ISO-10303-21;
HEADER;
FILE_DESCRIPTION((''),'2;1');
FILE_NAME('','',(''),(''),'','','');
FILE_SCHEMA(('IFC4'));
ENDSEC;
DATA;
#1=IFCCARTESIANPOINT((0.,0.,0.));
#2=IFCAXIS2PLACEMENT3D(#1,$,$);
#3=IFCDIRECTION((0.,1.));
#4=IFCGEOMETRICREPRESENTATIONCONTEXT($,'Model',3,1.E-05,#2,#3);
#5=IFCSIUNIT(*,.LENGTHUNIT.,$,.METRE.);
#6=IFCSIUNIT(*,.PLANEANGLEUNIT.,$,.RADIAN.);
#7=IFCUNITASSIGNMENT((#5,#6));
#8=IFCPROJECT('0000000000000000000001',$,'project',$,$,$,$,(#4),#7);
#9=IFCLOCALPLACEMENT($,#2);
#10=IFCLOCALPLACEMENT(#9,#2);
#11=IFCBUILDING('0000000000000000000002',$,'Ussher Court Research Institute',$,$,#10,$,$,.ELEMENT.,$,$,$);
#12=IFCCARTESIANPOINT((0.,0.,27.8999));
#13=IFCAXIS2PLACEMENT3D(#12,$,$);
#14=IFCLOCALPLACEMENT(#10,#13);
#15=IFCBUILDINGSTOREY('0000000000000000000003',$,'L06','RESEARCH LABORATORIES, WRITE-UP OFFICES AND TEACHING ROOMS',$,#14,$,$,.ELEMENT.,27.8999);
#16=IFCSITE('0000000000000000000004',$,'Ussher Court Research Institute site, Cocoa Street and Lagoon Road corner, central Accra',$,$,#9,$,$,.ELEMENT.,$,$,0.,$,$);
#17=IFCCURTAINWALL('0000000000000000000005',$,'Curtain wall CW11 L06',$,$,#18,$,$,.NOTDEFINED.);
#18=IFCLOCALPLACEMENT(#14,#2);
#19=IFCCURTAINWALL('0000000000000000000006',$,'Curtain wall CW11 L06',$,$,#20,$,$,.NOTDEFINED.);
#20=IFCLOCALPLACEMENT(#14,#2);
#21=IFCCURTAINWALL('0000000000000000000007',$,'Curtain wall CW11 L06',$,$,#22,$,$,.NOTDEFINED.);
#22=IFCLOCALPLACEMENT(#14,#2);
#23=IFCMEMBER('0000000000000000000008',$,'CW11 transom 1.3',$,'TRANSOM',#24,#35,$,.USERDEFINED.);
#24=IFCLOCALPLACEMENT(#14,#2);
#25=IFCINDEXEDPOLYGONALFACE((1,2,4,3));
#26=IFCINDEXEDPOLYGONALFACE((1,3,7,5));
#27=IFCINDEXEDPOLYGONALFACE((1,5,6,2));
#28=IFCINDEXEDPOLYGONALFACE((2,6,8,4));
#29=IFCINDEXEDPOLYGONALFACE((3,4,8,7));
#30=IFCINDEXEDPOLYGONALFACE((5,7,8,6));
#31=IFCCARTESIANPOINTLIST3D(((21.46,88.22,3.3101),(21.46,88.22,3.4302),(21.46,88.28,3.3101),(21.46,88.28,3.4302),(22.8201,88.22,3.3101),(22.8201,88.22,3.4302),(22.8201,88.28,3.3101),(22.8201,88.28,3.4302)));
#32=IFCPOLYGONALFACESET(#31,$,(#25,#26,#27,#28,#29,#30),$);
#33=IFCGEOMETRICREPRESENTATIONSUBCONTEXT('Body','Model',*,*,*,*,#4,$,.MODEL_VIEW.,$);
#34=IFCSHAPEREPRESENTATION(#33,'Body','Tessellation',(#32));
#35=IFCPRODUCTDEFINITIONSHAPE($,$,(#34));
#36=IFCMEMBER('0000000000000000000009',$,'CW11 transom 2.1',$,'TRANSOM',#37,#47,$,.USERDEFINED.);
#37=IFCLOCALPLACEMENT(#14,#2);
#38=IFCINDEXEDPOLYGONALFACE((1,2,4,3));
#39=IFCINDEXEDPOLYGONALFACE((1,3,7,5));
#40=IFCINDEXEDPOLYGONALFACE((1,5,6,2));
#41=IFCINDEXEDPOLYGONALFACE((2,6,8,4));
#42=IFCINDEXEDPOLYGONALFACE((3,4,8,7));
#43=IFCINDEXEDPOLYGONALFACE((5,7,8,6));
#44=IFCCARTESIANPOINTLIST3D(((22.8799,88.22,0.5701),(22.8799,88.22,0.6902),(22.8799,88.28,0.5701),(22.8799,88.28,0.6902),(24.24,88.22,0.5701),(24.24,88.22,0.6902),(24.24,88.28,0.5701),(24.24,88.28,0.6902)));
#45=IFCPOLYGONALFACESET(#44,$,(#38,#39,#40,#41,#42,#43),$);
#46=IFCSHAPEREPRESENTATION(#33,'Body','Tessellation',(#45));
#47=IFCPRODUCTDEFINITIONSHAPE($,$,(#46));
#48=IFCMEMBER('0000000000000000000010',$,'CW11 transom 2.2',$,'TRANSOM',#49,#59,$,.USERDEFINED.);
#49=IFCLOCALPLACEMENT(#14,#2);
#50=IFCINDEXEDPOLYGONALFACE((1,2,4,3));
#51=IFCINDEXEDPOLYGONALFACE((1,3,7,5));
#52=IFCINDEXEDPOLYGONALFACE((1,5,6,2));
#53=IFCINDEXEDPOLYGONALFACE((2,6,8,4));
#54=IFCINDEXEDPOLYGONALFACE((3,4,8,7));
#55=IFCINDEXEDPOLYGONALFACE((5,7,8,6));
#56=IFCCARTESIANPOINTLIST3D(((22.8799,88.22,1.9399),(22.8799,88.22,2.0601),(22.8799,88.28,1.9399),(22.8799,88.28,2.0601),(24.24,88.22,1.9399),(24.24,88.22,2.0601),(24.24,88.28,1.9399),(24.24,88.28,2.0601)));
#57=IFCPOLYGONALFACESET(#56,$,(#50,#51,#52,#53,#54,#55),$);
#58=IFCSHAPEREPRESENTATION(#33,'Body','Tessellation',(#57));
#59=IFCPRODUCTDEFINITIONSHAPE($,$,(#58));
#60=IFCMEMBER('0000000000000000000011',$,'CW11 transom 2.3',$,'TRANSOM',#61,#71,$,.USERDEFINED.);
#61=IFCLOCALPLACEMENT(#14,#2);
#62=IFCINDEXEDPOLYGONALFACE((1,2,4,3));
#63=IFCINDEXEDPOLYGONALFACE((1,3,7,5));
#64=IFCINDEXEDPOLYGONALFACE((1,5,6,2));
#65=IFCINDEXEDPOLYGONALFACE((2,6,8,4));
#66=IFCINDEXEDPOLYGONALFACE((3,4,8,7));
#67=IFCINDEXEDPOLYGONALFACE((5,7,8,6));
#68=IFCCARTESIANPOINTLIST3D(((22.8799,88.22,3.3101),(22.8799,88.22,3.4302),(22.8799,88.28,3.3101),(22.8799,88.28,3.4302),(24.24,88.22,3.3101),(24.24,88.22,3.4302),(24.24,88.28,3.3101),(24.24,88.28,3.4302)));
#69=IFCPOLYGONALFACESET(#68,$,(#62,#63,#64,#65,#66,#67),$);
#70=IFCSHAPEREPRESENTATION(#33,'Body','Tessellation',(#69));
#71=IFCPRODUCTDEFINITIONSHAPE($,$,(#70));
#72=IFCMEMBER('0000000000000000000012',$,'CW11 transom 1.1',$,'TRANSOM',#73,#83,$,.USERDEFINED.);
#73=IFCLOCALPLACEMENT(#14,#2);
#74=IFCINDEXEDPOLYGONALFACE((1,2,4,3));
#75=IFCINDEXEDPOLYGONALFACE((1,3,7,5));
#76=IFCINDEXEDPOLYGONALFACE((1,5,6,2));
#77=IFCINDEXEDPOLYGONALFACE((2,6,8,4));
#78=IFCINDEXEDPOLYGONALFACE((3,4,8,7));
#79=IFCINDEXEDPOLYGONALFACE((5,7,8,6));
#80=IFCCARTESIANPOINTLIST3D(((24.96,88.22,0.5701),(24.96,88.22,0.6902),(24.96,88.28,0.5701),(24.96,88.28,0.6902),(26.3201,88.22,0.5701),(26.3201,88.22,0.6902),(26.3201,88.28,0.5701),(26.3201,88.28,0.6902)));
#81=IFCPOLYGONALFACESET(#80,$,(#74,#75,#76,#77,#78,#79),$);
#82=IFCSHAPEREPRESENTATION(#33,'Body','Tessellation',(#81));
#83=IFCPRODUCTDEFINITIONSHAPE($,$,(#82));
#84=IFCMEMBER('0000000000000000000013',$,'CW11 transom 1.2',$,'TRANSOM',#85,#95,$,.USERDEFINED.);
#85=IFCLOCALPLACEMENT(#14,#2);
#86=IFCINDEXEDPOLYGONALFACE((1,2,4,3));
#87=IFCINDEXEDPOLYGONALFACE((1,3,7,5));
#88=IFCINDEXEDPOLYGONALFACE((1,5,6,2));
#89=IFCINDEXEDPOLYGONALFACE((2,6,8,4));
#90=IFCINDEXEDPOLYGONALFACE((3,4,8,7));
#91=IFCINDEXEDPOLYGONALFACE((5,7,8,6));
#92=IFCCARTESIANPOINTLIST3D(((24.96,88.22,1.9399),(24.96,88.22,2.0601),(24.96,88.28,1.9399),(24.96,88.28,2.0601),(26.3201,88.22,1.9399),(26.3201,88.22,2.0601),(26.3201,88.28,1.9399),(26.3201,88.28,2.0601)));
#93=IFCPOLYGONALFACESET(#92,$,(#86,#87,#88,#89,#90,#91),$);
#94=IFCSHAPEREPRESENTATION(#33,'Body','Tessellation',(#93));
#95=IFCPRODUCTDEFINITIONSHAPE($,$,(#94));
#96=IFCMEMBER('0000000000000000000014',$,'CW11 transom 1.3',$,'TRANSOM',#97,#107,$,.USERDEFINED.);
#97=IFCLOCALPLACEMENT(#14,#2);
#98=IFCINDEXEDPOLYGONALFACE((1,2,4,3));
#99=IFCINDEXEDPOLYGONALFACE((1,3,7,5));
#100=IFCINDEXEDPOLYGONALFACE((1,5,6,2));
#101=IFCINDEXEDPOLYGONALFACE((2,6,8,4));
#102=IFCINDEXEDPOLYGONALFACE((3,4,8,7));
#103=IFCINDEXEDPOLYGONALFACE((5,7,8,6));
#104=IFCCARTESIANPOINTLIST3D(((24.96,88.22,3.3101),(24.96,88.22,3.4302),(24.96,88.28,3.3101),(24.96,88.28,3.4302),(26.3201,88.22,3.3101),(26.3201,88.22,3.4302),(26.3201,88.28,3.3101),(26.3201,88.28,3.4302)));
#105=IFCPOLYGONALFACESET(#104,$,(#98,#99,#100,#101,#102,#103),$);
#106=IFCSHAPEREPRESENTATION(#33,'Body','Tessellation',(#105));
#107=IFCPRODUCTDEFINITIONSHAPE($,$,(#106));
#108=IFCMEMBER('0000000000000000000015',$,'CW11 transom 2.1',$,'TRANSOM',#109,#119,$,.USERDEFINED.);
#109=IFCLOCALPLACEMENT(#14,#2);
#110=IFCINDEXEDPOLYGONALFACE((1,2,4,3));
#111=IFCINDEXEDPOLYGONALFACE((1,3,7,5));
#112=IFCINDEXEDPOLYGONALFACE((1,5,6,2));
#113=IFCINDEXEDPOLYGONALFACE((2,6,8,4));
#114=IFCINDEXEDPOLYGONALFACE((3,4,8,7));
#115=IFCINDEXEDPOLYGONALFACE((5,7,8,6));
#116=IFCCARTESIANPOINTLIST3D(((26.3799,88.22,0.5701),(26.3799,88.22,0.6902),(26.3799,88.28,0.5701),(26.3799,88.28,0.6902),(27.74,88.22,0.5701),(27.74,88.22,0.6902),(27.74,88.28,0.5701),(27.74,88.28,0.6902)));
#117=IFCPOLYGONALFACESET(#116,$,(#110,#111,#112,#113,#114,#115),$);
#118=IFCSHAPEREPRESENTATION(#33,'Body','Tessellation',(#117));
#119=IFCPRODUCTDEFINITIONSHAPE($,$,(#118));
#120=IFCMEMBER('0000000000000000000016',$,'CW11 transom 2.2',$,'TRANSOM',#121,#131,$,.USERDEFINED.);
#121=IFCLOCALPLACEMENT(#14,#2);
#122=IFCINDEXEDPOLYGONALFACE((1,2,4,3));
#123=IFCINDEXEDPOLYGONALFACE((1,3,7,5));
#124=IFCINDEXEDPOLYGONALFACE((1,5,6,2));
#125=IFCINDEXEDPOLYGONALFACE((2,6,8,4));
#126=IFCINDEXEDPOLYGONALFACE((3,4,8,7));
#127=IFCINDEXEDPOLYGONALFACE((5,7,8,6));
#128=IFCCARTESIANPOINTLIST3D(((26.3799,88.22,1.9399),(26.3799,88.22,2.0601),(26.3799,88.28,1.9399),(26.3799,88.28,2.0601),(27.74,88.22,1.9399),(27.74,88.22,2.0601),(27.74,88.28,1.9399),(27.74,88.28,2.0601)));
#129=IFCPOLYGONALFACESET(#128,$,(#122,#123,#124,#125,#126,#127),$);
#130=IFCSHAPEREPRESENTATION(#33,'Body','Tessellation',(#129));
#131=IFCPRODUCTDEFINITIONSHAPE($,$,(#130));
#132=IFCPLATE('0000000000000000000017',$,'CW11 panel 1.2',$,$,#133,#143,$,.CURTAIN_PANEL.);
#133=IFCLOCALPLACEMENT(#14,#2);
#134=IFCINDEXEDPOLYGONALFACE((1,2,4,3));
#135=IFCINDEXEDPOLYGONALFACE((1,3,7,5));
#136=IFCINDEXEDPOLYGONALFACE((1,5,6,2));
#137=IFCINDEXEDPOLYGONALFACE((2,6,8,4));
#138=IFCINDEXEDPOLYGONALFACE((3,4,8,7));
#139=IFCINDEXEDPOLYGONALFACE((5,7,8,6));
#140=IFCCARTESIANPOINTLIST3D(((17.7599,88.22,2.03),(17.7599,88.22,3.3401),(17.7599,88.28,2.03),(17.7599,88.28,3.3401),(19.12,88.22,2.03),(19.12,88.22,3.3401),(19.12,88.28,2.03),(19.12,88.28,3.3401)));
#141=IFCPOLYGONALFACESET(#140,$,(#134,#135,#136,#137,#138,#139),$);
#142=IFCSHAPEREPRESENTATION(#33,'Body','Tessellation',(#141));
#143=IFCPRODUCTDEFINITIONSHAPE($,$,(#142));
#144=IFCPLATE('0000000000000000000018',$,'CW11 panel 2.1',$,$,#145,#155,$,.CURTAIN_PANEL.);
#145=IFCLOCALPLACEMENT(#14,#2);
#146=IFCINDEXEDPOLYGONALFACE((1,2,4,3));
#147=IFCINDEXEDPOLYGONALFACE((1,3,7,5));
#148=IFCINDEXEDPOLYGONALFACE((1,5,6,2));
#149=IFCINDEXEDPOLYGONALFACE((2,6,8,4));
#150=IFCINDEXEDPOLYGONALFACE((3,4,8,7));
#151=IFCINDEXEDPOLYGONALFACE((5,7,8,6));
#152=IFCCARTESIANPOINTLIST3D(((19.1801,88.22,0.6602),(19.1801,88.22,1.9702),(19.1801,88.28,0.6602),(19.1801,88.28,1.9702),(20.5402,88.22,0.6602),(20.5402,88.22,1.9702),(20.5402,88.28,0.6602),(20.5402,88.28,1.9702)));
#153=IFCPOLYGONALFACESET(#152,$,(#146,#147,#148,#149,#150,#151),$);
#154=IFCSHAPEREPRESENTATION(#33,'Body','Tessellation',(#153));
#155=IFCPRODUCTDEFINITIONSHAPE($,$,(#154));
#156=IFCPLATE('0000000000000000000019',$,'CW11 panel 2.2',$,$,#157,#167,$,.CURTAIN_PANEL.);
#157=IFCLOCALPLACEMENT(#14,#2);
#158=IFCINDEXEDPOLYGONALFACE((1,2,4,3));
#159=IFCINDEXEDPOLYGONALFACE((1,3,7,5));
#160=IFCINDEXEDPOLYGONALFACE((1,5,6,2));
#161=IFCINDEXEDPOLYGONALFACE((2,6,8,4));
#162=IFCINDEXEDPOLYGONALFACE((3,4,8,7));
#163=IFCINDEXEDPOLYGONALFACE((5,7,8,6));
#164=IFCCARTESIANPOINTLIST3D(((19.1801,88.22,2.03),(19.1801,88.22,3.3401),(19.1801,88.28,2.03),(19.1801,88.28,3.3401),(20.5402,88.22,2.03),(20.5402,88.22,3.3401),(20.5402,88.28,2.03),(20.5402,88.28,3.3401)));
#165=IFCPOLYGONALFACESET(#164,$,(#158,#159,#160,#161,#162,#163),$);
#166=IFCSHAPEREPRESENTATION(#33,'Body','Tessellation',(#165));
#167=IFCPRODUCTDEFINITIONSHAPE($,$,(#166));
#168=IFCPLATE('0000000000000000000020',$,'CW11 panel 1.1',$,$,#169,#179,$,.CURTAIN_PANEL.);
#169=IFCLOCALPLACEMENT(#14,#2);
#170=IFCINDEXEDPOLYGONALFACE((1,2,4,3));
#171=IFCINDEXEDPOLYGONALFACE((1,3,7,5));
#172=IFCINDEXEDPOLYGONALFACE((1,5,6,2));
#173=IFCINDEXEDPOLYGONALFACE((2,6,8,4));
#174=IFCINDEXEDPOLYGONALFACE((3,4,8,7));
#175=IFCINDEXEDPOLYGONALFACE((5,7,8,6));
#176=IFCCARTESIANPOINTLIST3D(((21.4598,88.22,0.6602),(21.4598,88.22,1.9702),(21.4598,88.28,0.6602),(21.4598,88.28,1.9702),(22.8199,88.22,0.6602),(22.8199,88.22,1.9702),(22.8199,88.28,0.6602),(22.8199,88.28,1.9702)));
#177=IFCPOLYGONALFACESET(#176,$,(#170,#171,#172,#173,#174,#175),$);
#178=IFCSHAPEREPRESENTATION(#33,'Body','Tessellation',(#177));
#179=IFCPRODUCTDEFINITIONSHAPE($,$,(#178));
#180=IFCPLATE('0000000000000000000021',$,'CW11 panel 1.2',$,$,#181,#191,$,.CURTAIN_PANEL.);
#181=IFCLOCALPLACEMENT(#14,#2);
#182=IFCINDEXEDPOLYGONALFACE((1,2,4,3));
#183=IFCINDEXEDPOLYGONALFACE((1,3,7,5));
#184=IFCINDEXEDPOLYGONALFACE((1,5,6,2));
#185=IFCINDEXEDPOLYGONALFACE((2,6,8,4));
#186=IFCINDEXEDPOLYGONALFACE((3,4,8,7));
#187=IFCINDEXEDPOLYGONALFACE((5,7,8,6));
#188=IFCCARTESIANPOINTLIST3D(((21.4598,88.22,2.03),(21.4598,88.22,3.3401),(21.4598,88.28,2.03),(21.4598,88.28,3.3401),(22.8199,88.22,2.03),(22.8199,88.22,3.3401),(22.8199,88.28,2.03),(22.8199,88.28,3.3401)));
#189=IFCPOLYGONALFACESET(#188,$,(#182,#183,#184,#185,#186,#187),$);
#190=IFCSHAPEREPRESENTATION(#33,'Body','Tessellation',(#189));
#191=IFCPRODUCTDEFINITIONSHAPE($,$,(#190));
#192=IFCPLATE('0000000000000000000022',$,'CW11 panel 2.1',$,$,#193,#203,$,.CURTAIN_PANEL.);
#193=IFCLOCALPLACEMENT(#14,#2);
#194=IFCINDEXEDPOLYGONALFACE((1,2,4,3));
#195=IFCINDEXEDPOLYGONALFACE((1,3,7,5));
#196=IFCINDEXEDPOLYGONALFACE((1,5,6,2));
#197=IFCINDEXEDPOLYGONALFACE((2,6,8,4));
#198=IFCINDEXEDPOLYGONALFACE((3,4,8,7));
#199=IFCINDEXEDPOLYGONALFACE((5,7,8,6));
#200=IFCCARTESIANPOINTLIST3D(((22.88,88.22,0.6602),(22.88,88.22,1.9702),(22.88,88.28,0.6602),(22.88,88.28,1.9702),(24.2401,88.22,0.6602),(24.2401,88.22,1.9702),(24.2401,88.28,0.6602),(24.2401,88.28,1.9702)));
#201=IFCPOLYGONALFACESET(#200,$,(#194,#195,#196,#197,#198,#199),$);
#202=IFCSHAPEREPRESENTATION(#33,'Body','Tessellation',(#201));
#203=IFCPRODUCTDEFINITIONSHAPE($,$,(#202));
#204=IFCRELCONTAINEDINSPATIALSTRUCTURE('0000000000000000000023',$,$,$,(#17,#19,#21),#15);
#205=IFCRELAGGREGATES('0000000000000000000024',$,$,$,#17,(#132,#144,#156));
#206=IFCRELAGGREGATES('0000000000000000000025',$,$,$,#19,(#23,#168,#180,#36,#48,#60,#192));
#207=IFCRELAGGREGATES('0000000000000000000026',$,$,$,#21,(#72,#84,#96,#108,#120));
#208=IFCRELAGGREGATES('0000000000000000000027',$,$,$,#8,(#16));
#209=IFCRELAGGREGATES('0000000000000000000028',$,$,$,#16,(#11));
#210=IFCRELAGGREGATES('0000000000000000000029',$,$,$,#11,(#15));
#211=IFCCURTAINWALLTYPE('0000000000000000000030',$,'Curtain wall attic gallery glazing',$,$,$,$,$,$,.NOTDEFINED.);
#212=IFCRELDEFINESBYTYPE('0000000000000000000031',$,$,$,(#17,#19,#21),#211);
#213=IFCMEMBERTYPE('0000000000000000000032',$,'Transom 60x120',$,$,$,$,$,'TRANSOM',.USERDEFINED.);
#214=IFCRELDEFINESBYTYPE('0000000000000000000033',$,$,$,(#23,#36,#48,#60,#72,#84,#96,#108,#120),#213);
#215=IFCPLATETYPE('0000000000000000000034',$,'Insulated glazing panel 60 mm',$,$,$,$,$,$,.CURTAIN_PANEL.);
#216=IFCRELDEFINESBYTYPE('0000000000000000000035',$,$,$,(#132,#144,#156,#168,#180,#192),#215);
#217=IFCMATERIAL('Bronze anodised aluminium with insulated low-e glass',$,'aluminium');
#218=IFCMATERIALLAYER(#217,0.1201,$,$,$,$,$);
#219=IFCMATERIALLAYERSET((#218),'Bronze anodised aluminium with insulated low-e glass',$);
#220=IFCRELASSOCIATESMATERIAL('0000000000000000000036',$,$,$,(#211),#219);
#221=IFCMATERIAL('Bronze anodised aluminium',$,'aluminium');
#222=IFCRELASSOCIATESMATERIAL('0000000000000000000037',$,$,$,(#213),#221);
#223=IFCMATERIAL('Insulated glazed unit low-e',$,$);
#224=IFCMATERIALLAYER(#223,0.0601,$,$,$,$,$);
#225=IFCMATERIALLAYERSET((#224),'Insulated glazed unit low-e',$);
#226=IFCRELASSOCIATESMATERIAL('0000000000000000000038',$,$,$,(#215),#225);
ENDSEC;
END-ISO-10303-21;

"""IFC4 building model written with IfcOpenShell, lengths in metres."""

from ifc_helpers import new_model, si_unit, direction, frame, origin, origin_2d, place, context, subcontext, project, spatial, rectangle, extrude, material, layer, layer_set, material_profile, profile_set, type_object, element, aggregate, save


model = new_model("IFC4")

# Units and contexts
model_context = context("Model", 3, precision=1e-05, world=origin(), true_north=direction((0.0, 1.0)))
body_context = subcontext(model_context, "Body", "Model", "MODEL_VIEW")
ifc_project = project(units=[si_unit("LENGTHUNIT", "METRE"), si_unit("PLANEANGLEUNIT", "RADIAN")], contexts=[model_context])

# Site, building, storey
site_placement = place(None, origin())
site = spatial("IfcSite", under=ifc_project, at=site_placement, Name="Ussher Court Research Institute site, Cocoa Street and Lagoon Road corner, central Accra", CompositionType="ELEMENT", RefElevation=0.0)
building_placement = place(site_placement, origin())
building = spatial("IfcBuilding", under=site, at=building_placement, Name="Ussher Court Research Institute", CompositionType="ELEMENT")
storey_placement = place(building_placement, frame((0.0, 0.0, 27.8999)))
storey = spatial("IfcBuildingStorey", under=building, at=storey_placement, Name="L06", Description="RESEARCH LABORATORIES, WRITE-UP OFFICES AND TEACHING ROOMS", CompositionType="ELEMENT", Elevation=27.8999)

# Curtain walls
ifc_material_1 = material(Name="Bronze anodised aluminium with insulated low-e glass", Category="aluminium")
ifc_layer_1 = layer(ifc_material_1, 0.1201)
ifc_layer_set_1 = layer_set([ifc_layer_1], Name="Bronze anodised aluminium with insulated low-e glass")
curtain_wall_type = type_object("IfcCurtainWallType", Name="Curtain wall attic gallery glazing", PredefinedType="NOTDEFINED", material=ifc_layer_set_1)
curtain_wall_1_placement = place(storey_placement, origin())
curtain_wall_1 = element("IfcCurtainWall", 1, at=curtain_wall_1_placement, inside=storey, type_object=curtain_wall_type, Name="Curtain wall CW11 L06", PredefinedType="NOTDEFINED")
curtain_wall_2_placement = place(storey_placement, origin())
curtain_wall_2 = element("IfcCurtainWall", 2, at=curtain_wall_2_placement, inside=storey, type_object=curtain_wall_type, Name="Curtain wall CW11 L06", PredefinedType="NOTDEFINED")
curtain_wall_3_placement = place(storey_placement, origin())
curtain_wall_3 = element("IfcCurtainWall", 3, at=curtain_wall_3_placement, inside=storey, type_object=curtain_wall_type, Name="Curtain wall CW11 L06", PredefinedType="NOTDEFINED")

# Members
ifc_material_2 = material(Name="Bronze anodised aluminium", Category="aluminium")
ifc_material_profile_1 = material_profile(ifc_material_2, rectangle(XDim=0.0601, YDim=0.1201, at=origin_2d()), Name="Transom 60x120")
ifc_profile_set_1 = profile_set([ifc_material_profile_1], Name="Bronze anodised aluminium")
member_type_1 = type_object("IfcMemberType", Name="Transom 60x120", ElementType="TRANSOM", PredefinedType="USERDEFINED", material=ifc_profile_set_1)
member_1_placement = place(storey_placement, frame((21.46, 88.25, 3.3701), z_axis=(1.0, 0.0, 0.0), x_axis=(0.0, 1.0, 0.0)))
member_1 = element("IfcMember", 4, at=member_1_placement, type_object=member_type_1, Name="CW11 transom 1.3", ObjectType="TRANSOM", PredefinedType="USERDEFINED", context=body_context, shape_type="SweptSolid", body=[
    extrude(rectangle(XDim=0.0601, YDim=0.1201, at=origin_2d()), origin(), (0.0, 0.0, 1.0), 1.3601),
])
member_2_placement = place(storey_placement, frame((22.8799, 88.25, 0.6301), z_axis=(1.0, 0.0, 0.0), x_axis=(0.0, 1.0, 0.0)))
member_2 = element("IfcMember", 5, at=member_2_placement, type_object=member_type_1, Name="CW11 transom 2.1", ObjectType="TRANSOM", PredefinedType="USERDEFINED", context=body_context, shape_type="SweptSolid", body=[
    extrude(rectangle(XDim=0.0601, YDim=0.1201, at=origin_2d()), origin(), (0.0, 0.0, 1.0), 1.3601),
])
member_3_placement = place(storey_placement, frame((22.8799, 88.25, 2.0), z_axis=(1.0, 0.0, 0.0), x_axis=(0.0, 1.0, 0.0)))
member_3 = element("IfcMember", 6, at=member_3_placement, type_object=member_type_1, Name="CW11 transom 2.2", ObjectType="TRANSOM", PredefinedType="USERDEFINED", context=body_context, shape_type="SweptSolid", body=[
    extrude(rectangle(XDim=0.0601, YDim=0.1201, at=origin_2d()), origin(), (0.0, 0.0, 1.0), 1.3601),
])
member_4_placement = place(storey_placement, frame((22.8799, 88.25, 3.3701), z_axis=(1.0, 0.0, 0.0), x_axis=(0.0, 1.0, 0.0)))
member_4 = element("IfcMember", 7, at=member_4_placement, type_object=member_type_1, Name="CW11 transom 2.3", ObjectType="TRANSOM", PredefinedType="USERDEFINED", context=body_context, shape_type="SweptSolid", body=[
    extrude(rectangle(XDim=0.0601, YDim=0.1201, at=origin_2d()), origin(), (0.0, 0.0, 1.0), 1.3601),
])
member_5_placement = place(storey_placement, frame((24.96, 88.25, 0.6301), z_axis=(1.0, 0.0, 0.0), x_axis=(0.0, 1.0, 0.0)))
member_5 = element("IfcMember", 8, at=member_5_placement, type_object=member_type_1, Name="CW11 transom 1.1", ObjectType="TRANSOM", PredefinedType="USERDEFINED", context=body_context, shape_type="SweptSolid", body=[
    extrude(rectangle(XDim=0.0601, YDim=0.1201, at=origin_2d()), origin(), (0.0, 0.0, 1.0), 1.3601),
])
member_6_placement = place(storey_placement, frame((24.96, 88.25, 2.0), z_axis=(1.0, 0.0, 0.0), x_axis=(0.0, 1.0, 0.0)))
member_6 = element("IfcMember", 9, at=member_6_placement, type_object=member_type_1, Name="CW11 transom 1.2", ObjectType="TRANSOM", PredefinedType="USERDEFINED", context=body_context, shape_type="SweptSolid", body=[
    extrude(rectangle(XDim=0.0601, YDim=0.1201, at=origin_2d()), origin(), (0.0, 0.0, 1.0), 1.3601),
])
member_7_placement = place(storey_placement, frame((24.96, 88.25, 3.3701), z_axis=(1.0, 0.0, 0.0), x_axis=(0.0, 1.0, 0.0)))
member_7 = element("IfcMember", 10, at=member_7_placement, type_object=member_type_1, Name="CW11 transom 1.3", ObjectType="TRANSOM", PredefinedType="USERDEFINED", context=body_context, shape_type="SweptSolid", body=[
    extrude(rectangle(XDim=0.0601, YDim=0.1201, at=origin_2d()), origin(), (0.0, 0.0, 1.0), 1.3601),
])
member_8_placement = place(storey_placement, frame((26.3799, 88.25, 0.6301), z_axis=(1.0, 0.0, 0.0), x_axis=(0.0, 1.0, 0.0)))
member_8 = element("IfcMember", 11, at=member_8_placement, type_object=member_type_1, Name="CW11 transom 2.1", ObjectType="TRANSOM", PredefinedType="USERDEFINED", context=body_context, shape_type="SweptSolid", body=[
    extrude(rectangle(XDim=0.0601, YDim=0.1201, at=origin_2d()), origin(), (0.0, 0.0, 1.0), 1.3601),
])
member_9_placement = place(storey_placement, frame((26.3799, 88.25, 2.0), z_axis=(1.0, 0.0, 0.0), x_axis=(0.0, 1.0, 0.0)))
member_9 = element("IfcMember", 12, at=member_9_placement, type_object=member_type_1, Name="CW11 transom 2.2", ObjectType="TRANSOM", PredefinedType="USERDEFINED", context=body_context, shape_type="SweptSolid", body=[
    extrude(rectangle(XDim=0.0601, YDim=0.1201, at=origin_2d()), origin(), (0.0, 0.0, 1.0), 1.3601),
])

# Plates
ifc_material_3 = material(Name="Insulated glazed unit low-e")
ifc_layer_2 = layer(ifc_material_3, 0.0601)
ifc_layer_set_2 = layer_set([ifc_layer_2], Name="Insulated glazed unit low-e")
plate_type = type_object("IfcPlateType", Name="Insulated glazing panel 60 mm", PredefinedType="CURTAIN_PANEL", material=ifc_layer_set_2)
plate_1_placement = place(storey_placement, frame((18.4399, 88.25, 2.03), z_axis=(0.0, 0.0, 1.0), x_axis=(1.0, 0.0, 0.0)))
plate_1 = element("IfcPlate", 13, at=plate_1_placement, type_object=plate_type, Name="CW11 panel 1.2", PredefinedType="CURTAIN_PANEL", context=body_context, shape_type="SweptSolid", body=[
    extrude(rectangle(XDim=1.3601, YDim=0.0601, at=origin_2d()), origin(), (0.0, 0.0, 1.0), 1.3101),
])
plate_2_placement = place(storey_placement, frame((19.8601, 88.25, 0.6602), z_axis=(0.0, 0.0, 1.0), x_axis=(1.0, 0.0, 0.0)))
plate_2 = element("IfcPlate", 14, at=plate_2_placement, type_object=plate_type, Name="CW11 panel 2.1", PredefinedType="CURTAIN_PANEL", context=body_context, shape_type="SweptSolid", body=[
    extrude(rectangle(XDim=1.3601, YDim=0.0601, at=origin_2d()), origin(), (0.0, 0.0, 1.0), 1.3101),
])
plate_3_placement = place(storey_placement, frame((19.8601, 88.25, 2.03), z_axis=(0.0, 0.0, 1.0), x_axis=(1.0, 0.0, 0.0)))
plate_3 = element("IfcPlate", 15, at=plate_3_placement, type_object=plate_type, Name="CW11 panel 2.2", PredefinedType="CURTAIN_PANEL", context=body_context, shape_type="SweptSolid", body=[
    extrude(rectangle(XDim=1.3601, YDim=0.0601, at=origin_2d()), origin(), (0.0, 0.0, 1.0), 1.3101),
])
aggregate(curtain_wall_1, [plate_1, plate_2, plate_3])
plate_4_placement = place(storey_placement, frame((22.1399, 88.25, 0.6602), z_axis=(0.0, 0.0, 1.0), x_axis=(1.0, 0.0, 0.0)))
plate_4 = element("IfcPlate", 16, at=plate_4_placement, type_object=plate_type, Name="CW11 panel 1.1", PredefinedType="CURTAIN_PANEL", context=body_context, shape_type="SweptSolid", body=[
    extrude(rectangle(XDim=1.3601, YDim=0.0601, at=origin_2d()), origin(), (0.0, 0.0, 1.0), 1.3101),
])
plate_5_placement = place(storey_placement, frame((22.1399, 88.25, 2.03), z_axis=(0.0, 0.0, 1.0), x_axis=(1.0, 0.0, 0.0)))
plate_5 = element("IfcPlate", 17, at=plate_5_placement, type_object=plate_type, Name="CW11 panel 1.2", PredefinedType="CURTAIN_PANEL", context=body_context, shape_type="SweptSolid", body=[
    extrude(rectangle(XDim=1.3601, YDim=0.0601, at=origin_2d()), origin(), (0.0, 0.0, 1.0), 1.3101),
])
plate_6_placement = place(storey_placement, frame((23.5601, 88.25, 0.6602), z_axis=(0.0, 0.0, 1.0), x_axis=(1.0, 0.0, 0.0)))
plate_6 = element("IfcPlate", 18, at=plate_6_placement, type_object=plate_type, Name="CW11 panel 2.1", PredefinedType="CURTAIN_PANEL", context=body_context, shape_type="SweptSolid", body=[
    extrude(rectangle(XDim=1.3601, YDim=0.0601, at=origin_2d()), origin(), (0.0, 0.0, 1.0), 1.3101),
])
aggregate(curtain_wall_2, [member_1, plate_4, plate_5, member_2, member_3, member_4, plate_6])
aggregate(curtain_wall_3, [member_5, member_6, member_7, member_8, member_9])

save(model, "model.ifc")
